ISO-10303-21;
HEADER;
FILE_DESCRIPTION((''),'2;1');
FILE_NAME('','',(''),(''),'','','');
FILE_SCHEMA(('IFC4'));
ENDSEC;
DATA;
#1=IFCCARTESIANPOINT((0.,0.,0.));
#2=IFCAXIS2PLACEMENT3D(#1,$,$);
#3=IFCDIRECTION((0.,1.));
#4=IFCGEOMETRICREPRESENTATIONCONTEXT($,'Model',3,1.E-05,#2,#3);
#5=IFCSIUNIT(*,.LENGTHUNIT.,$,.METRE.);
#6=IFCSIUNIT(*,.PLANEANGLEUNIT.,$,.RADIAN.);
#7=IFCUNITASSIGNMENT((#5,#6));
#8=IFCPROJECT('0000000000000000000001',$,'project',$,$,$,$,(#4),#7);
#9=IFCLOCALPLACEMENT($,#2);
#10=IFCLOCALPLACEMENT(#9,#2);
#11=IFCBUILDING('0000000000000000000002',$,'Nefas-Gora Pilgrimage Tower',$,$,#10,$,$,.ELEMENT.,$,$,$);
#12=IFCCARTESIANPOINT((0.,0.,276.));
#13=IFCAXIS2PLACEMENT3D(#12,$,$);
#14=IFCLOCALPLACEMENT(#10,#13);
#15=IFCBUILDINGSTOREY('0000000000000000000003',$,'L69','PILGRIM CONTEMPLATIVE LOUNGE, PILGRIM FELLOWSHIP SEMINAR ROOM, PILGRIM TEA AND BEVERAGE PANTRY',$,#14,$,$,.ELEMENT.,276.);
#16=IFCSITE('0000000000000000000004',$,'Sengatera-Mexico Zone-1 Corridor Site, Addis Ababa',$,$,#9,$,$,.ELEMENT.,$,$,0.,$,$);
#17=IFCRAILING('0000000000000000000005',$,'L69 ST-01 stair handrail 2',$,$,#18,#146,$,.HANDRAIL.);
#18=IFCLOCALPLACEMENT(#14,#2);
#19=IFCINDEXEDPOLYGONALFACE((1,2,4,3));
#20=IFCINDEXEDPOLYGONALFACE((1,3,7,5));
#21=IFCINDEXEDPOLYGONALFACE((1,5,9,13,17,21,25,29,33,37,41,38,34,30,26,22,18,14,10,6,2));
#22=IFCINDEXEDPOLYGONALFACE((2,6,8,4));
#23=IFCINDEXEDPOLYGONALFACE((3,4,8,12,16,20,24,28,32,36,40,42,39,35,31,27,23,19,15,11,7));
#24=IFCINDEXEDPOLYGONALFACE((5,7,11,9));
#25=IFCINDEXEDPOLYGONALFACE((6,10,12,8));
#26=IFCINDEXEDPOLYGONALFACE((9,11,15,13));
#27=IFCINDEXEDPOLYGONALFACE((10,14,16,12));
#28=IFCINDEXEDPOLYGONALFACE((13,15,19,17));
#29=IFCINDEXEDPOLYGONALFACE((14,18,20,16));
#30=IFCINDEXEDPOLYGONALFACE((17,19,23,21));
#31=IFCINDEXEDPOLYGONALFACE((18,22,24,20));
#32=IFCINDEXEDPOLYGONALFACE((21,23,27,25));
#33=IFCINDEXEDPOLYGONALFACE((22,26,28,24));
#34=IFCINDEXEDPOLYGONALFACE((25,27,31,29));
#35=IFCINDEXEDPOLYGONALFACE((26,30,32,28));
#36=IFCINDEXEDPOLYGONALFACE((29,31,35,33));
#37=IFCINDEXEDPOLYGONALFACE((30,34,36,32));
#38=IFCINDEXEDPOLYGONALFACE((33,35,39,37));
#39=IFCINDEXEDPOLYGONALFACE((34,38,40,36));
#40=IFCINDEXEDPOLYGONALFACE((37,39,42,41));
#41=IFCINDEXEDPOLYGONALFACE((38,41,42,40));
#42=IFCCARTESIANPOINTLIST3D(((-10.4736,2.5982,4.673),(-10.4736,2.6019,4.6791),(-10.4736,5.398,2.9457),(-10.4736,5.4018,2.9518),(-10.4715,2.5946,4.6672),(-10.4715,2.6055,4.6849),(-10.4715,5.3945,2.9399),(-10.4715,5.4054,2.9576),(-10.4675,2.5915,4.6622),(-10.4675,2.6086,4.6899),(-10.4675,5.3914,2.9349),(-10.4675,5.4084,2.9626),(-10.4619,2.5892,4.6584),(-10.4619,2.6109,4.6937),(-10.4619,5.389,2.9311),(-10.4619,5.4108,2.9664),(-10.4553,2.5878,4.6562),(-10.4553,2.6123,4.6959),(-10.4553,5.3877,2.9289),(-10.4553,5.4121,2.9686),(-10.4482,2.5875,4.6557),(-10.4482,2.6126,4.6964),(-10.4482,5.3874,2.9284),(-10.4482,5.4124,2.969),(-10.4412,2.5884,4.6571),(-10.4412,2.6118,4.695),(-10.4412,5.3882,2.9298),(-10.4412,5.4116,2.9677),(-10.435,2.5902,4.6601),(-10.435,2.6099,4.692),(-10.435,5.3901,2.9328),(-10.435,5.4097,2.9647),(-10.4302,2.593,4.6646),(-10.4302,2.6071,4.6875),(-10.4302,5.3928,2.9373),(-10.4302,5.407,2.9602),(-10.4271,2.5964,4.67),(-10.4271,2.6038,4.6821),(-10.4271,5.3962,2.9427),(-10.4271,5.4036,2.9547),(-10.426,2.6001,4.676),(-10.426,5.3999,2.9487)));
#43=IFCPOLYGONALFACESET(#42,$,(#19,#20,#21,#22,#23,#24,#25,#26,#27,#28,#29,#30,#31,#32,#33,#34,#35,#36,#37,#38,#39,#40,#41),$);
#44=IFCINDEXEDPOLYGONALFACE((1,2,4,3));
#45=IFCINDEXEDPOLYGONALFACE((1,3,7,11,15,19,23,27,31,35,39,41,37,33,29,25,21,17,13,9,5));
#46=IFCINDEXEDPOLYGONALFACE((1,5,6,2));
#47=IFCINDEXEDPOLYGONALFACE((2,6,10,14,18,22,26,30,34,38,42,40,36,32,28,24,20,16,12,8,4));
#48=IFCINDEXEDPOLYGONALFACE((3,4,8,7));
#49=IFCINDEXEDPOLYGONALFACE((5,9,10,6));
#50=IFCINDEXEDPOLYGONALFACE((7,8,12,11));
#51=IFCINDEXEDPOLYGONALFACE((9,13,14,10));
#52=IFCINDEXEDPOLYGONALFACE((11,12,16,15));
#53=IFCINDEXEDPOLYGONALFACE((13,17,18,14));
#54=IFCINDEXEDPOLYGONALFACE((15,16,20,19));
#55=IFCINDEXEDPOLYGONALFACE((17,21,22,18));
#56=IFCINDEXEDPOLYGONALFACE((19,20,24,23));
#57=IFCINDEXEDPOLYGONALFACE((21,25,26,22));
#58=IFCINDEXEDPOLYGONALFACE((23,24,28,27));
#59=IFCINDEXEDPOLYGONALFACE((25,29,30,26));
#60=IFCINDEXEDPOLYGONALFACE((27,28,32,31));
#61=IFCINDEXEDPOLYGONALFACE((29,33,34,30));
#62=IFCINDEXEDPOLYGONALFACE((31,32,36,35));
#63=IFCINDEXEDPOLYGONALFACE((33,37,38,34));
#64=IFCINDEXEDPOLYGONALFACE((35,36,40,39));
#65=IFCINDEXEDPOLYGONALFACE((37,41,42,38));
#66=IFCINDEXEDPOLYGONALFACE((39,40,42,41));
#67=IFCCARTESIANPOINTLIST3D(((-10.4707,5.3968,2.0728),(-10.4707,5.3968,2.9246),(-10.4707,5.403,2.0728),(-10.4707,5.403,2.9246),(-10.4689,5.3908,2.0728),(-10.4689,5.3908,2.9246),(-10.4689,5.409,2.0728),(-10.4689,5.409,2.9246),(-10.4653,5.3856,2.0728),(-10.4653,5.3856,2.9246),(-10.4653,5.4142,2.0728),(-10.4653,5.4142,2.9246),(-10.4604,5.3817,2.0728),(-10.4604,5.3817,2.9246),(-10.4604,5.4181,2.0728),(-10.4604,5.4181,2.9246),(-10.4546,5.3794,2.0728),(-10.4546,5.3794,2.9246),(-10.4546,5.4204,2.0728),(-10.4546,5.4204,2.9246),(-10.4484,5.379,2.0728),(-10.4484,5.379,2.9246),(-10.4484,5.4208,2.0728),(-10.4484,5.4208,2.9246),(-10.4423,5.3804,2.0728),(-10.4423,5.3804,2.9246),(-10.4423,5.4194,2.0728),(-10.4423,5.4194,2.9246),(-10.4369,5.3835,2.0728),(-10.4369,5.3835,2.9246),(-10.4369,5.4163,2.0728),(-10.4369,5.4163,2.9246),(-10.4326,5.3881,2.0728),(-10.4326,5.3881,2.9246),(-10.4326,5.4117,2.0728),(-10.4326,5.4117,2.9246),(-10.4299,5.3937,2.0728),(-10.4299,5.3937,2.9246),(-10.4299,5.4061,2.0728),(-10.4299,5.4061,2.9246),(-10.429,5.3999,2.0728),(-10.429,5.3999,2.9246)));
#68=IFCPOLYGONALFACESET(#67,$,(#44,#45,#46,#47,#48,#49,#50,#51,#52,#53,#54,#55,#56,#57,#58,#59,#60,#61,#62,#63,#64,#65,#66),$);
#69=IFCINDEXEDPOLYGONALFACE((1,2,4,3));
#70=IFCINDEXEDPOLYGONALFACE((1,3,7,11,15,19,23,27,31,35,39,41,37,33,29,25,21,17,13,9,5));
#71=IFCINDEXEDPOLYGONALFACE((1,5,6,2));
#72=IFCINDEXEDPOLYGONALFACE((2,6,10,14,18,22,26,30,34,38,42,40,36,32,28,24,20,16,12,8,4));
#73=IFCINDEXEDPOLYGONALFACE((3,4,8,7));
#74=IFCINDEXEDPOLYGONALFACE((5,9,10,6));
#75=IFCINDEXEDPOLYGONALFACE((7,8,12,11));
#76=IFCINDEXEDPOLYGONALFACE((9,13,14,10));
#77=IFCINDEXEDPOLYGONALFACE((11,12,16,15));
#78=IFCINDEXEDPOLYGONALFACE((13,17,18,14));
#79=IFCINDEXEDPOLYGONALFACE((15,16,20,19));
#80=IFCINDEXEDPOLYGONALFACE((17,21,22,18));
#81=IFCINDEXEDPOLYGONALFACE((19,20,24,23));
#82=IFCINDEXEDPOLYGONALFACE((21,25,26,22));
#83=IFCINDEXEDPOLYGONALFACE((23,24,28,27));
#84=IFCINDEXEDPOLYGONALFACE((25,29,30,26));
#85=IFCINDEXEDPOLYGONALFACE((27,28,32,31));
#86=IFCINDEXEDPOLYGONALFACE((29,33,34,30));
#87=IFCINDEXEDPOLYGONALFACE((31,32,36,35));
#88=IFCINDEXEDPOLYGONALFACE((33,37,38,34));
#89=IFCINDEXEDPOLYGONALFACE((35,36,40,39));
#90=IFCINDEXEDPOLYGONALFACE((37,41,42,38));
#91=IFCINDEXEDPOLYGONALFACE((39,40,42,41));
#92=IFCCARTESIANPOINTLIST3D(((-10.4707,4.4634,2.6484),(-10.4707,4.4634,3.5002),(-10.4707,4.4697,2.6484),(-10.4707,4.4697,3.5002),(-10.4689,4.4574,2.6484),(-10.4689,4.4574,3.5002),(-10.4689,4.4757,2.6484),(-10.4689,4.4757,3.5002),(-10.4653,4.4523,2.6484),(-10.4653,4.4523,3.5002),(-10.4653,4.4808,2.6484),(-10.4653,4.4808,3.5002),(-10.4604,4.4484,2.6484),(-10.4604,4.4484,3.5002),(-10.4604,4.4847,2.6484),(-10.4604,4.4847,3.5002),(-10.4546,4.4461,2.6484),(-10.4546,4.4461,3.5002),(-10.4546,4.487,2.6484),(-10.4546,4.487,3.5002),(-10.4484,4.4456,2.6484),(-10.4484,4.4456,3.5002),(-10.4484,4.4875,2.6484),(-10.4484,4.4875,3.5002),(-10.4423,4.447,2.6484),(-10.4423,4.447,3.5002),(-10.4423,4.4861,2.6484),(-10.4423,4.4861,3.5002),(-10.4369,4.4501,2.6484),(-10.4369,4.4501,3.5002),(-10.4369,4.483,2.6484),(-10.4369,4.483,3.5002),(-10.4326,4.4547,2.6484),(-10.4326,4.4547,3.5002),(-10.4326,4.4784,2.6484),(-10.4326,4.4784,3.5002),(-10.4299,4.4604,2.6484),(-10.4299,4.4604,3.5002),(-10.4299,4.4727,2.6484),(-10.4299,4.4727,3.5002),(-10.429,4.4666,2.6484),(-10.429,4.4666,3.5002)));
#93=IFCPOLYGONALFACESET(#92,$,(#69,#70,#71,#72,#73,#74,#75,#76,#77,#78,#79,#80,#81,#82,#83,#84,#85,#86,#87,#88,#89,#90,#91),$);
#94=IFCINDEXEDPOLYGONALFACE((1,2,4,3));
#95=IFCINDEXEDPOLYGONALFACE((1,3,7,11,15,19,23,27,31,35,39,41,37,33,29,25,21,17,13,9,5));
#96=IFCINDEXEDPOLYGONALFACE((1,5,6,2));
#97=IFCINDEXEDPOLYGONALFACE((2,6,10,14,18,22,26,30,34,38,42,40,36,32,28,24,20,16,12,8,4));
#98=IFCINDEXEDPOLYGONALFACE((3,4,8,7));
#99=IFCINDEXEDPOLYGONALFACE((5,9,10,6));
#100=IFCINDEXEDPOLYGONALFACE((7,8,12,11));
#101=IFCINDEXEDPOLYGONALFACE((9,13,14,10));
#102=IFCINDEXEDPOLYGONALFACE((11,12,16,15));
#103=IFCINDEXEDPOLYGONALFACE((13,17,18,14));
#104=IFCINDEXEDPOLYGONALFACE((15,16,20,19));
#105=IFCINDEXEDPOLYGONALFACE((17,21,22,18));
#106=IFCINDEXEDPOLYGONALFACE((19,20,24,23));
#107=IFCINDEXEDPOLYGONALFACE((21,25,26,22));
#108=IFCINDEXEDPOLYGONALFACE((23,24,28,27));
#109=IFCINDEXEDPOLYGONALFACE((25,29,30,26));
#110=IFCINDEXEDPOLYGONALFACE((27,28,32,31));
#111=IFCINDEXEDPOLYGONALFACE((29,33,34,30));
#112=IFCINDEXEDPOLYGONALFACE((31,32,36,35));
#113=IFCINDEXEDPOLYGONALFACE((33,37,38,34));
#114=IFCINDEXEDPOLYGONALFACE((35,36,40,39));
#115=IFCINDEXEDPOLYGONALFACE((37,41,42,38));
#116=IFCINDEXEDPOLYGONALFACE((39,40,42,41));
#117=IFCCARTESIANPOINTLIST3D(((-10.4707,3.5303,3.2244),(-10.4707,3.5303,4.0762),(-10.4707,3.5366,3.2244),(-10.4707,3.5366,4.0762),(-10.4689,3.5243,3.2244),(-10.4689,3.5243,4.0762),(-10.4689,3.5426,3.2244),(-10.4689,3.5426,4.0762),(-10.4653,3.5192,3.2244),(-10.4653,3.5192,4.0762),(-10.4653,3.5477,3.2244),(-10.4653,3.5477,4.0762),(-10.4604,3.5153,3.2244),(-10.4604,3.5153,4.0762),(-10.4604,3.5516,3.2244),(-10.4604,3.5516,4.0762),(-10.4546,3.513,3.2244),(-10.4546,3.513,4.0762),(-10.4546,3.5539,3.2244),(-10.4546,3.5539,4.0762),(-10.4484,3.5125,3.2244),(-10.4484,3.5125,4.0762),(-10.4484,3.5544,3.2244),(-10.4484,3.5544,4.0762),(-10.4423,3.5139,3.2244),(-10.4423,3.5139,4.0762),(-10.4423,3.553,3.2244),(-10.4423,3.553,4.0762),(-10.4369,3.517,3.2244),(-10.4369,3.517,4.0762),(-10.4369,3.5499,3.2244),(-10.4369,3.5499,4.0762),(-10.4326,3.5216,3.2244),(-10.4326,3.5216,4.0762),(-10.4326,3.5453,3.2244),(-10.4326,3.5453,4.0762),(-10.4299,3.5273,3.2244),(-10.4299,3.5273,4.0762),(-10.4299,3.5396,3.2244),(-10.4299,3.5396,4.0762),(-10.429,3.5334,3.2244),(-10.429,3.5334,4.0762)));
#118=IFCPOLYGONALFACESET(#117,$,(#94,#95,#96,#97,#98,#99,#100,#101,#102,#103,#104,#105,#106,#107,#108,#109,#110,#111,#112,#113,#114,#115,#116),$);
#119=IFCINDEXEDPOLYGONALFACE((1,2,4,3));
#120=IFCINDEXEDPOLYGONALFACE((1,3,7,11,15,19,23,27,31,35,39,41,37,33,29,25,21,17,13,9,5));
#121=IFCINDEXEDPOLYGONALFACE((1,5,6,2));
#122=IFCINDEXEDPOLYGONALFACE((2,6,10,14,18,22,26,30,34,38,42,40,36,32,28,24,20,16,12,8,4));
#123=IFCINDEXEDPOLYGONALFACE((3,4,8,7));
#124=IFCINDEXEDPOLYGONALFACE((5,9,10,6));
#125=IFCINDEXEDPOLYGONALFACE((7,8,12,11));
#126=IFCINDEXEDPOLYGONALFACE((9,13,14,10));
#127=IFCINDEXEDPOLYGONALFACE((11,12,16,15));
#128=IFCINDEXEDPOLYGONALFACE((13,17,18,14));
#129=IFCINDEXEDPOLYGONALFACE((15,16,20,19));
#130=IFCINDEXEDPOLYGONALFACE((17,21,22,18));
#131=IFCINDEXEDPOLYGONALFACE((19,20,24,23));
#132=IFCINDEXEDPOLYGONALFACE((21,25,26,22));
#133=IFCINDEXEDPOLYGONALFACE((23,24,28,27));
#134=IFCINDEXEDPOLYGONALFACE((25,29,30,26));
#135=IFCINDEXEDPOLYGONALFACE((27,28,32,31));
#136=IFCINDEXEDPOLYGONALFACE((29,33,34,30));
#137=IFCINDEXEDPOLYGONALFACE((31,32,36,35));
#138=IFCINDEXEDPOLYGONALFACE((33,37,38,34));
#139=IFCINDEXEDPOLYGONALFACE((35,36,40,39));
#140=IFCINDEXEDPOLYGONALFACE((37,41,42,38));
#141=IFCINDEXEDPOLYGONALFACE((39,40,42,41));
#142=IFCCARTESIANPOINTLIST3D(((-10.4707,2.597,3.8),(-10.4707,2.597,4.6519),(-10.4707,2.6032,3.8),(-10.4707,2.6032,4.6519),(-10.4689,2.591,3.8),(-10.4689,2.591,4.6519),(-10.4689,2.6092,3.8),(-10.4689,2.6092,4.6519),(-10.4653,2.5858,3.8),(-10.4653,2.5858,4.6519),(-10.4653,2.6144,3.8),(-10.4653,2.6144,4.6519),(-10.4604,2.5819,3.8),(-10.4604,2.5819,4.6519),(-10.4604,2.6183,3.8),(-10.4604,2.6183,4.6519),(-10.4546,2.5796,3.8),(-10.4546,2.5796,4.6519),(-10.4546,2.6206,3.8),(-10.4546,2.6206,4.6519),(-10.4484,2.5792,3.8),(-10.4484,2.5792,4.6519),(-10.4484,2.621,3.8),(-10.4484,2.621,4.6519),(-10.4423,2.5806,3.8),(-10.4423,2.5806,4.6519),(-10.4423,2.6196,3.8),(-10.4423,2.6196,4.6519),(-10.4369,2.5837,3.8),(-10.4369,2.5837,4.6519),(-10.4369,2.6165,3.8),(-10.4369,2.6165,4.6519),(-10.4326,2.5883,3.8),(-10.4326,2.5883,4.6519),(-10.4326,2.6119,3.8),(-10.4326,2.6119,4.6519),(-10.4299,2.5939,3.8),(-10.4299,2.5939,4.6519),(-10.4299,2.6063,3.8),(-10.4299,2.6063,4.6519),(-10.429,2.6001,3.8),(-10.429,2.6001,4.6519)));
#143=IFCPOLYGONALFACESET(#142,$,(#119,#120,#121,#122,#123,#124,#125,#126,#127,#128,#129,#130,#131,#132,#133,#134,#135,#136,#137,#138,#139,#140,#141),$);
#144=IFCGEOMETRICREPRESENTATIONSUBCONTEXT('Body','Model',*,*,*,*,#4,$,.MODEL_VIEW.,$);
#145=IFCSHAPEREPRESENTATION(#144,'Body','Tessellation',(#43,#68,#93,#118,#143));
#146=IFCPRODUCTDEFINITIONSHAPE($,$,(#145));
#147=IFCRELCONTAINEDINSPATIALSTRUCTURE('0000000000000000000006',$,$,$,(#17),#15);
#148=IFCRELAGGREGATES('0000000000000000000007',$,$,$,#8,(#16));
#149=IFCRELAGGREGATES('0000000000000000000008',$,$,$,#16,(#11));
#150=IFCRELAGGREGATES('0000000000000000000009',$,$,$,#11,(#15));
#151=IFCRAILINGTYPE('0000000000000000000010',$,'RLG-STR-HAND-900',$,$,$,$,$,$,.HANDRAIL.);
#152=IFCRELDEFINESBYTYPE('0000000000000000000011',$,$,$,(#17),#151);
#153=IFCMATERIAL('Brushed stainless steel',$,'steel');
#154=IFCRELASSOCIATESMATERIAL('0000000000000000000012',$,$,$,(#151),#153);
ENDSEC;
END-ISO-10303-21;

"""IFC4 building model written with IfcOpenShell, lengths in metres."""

from ifc_helpers import new_model, si_unit, direction, frame, origin, origin_2d, place, context, subcontext, project, spatial, circle, extrude, material, type_object, element, save


model = new_model("IFC4")

# Units and contexts
model_context = context("Model", 3, precision=1e-05, world=origin(), true_north=direction((0.0, 1.0)))
body_context = subcontext(model_context, "Body", "Model", "MODEL_VIEW")
ifc_project = project(units=[si_unit("LENGTHUNIT", "METRE"), si_unit("PLANEANGLEUNIT", "RADIAN")], contexts=[model_context])

# Site, building, storey
site_placement = place(None, origin())
site = spatial("IfcSite", under=ifc_project, at=site_placement, Name="Sengatera-Mexico Zone-1 Corridor Site, Addis Ababa", CompositionType="ELEMENT", RefElevation=0.0)
building_placement = place(site_placement, origin())
building = spatial("IfcBuilding", under=site, at=building_placement, Name="Nefas-Gora Pilgrimage Tower", CompositionType="ELEMENT")
storey_placement = place(building_placement, frame((0.0, 0.0, 276.0)))
storey = spatial("IfcBuildingStorey", under=building, at=storey_placement, Name="L69", Description="PILGRIM CONTEMPLATIVE LOUNGE, PILGRIM FELLOWSHIP SEMINAR ROOM, PILGRIM TEA AND BEVERAGE PANTRY", CompositionType="ELEMENT", Elevation=276.0)

# Railing
ifc_material_1 = material(Name="Brushed stainless steel", Category="steel")
railing_type_1 = type_object("IfcRailingType", Name="RLG-STR-HAND-900", PredefinedType="HANDRAIL", material=ifc_material_1)
railing_1_placement = place(storey_placement, frame((-10.45, 5.3999, 2.0728)))
element("IfcRailing", 1, at=railing_1_placement, inside=storey, type_object=railing_type_1, Name="L69 ST-01 stair handrail 2", PredefinedType="HANDRAIL", context=body_context, shape_type="SweptSolid", body=[
    extrude(circle(Radius=0.0239, at=origin_2d()), frame((0.0, 0.0, 0.876), z_axis=(0.0, -0.851069, 0.525054), x_axis=(1.0, 0.0, 0.0)), (0.0, 0.0, 1.0), 3.2898),
    extrude(circle(Radius=0.021, at=origin_2d()), origin(), (0.0, 0.0, 1.0), 0.8518),
    extrude(circle(Radius=0.021, at=origin_2d()), frame((0.0, -0.9333, 0.5757)), (0.0, 0.0, 1.0), 0.8518),
    extrude(circle(Radius=0.021, at=origin_2d()), frame((0.0, -1.8665, 1.1516)), (0.0, 0.0, 1.0), 0.8518),
    extrude(circle(Radius=0.021, at=origin_2d()), frame((0.0, -2.7998, 1.7273)), (0.0, 0.0, 1.0), 0.8518),
])

save(model, "model.ifc")
